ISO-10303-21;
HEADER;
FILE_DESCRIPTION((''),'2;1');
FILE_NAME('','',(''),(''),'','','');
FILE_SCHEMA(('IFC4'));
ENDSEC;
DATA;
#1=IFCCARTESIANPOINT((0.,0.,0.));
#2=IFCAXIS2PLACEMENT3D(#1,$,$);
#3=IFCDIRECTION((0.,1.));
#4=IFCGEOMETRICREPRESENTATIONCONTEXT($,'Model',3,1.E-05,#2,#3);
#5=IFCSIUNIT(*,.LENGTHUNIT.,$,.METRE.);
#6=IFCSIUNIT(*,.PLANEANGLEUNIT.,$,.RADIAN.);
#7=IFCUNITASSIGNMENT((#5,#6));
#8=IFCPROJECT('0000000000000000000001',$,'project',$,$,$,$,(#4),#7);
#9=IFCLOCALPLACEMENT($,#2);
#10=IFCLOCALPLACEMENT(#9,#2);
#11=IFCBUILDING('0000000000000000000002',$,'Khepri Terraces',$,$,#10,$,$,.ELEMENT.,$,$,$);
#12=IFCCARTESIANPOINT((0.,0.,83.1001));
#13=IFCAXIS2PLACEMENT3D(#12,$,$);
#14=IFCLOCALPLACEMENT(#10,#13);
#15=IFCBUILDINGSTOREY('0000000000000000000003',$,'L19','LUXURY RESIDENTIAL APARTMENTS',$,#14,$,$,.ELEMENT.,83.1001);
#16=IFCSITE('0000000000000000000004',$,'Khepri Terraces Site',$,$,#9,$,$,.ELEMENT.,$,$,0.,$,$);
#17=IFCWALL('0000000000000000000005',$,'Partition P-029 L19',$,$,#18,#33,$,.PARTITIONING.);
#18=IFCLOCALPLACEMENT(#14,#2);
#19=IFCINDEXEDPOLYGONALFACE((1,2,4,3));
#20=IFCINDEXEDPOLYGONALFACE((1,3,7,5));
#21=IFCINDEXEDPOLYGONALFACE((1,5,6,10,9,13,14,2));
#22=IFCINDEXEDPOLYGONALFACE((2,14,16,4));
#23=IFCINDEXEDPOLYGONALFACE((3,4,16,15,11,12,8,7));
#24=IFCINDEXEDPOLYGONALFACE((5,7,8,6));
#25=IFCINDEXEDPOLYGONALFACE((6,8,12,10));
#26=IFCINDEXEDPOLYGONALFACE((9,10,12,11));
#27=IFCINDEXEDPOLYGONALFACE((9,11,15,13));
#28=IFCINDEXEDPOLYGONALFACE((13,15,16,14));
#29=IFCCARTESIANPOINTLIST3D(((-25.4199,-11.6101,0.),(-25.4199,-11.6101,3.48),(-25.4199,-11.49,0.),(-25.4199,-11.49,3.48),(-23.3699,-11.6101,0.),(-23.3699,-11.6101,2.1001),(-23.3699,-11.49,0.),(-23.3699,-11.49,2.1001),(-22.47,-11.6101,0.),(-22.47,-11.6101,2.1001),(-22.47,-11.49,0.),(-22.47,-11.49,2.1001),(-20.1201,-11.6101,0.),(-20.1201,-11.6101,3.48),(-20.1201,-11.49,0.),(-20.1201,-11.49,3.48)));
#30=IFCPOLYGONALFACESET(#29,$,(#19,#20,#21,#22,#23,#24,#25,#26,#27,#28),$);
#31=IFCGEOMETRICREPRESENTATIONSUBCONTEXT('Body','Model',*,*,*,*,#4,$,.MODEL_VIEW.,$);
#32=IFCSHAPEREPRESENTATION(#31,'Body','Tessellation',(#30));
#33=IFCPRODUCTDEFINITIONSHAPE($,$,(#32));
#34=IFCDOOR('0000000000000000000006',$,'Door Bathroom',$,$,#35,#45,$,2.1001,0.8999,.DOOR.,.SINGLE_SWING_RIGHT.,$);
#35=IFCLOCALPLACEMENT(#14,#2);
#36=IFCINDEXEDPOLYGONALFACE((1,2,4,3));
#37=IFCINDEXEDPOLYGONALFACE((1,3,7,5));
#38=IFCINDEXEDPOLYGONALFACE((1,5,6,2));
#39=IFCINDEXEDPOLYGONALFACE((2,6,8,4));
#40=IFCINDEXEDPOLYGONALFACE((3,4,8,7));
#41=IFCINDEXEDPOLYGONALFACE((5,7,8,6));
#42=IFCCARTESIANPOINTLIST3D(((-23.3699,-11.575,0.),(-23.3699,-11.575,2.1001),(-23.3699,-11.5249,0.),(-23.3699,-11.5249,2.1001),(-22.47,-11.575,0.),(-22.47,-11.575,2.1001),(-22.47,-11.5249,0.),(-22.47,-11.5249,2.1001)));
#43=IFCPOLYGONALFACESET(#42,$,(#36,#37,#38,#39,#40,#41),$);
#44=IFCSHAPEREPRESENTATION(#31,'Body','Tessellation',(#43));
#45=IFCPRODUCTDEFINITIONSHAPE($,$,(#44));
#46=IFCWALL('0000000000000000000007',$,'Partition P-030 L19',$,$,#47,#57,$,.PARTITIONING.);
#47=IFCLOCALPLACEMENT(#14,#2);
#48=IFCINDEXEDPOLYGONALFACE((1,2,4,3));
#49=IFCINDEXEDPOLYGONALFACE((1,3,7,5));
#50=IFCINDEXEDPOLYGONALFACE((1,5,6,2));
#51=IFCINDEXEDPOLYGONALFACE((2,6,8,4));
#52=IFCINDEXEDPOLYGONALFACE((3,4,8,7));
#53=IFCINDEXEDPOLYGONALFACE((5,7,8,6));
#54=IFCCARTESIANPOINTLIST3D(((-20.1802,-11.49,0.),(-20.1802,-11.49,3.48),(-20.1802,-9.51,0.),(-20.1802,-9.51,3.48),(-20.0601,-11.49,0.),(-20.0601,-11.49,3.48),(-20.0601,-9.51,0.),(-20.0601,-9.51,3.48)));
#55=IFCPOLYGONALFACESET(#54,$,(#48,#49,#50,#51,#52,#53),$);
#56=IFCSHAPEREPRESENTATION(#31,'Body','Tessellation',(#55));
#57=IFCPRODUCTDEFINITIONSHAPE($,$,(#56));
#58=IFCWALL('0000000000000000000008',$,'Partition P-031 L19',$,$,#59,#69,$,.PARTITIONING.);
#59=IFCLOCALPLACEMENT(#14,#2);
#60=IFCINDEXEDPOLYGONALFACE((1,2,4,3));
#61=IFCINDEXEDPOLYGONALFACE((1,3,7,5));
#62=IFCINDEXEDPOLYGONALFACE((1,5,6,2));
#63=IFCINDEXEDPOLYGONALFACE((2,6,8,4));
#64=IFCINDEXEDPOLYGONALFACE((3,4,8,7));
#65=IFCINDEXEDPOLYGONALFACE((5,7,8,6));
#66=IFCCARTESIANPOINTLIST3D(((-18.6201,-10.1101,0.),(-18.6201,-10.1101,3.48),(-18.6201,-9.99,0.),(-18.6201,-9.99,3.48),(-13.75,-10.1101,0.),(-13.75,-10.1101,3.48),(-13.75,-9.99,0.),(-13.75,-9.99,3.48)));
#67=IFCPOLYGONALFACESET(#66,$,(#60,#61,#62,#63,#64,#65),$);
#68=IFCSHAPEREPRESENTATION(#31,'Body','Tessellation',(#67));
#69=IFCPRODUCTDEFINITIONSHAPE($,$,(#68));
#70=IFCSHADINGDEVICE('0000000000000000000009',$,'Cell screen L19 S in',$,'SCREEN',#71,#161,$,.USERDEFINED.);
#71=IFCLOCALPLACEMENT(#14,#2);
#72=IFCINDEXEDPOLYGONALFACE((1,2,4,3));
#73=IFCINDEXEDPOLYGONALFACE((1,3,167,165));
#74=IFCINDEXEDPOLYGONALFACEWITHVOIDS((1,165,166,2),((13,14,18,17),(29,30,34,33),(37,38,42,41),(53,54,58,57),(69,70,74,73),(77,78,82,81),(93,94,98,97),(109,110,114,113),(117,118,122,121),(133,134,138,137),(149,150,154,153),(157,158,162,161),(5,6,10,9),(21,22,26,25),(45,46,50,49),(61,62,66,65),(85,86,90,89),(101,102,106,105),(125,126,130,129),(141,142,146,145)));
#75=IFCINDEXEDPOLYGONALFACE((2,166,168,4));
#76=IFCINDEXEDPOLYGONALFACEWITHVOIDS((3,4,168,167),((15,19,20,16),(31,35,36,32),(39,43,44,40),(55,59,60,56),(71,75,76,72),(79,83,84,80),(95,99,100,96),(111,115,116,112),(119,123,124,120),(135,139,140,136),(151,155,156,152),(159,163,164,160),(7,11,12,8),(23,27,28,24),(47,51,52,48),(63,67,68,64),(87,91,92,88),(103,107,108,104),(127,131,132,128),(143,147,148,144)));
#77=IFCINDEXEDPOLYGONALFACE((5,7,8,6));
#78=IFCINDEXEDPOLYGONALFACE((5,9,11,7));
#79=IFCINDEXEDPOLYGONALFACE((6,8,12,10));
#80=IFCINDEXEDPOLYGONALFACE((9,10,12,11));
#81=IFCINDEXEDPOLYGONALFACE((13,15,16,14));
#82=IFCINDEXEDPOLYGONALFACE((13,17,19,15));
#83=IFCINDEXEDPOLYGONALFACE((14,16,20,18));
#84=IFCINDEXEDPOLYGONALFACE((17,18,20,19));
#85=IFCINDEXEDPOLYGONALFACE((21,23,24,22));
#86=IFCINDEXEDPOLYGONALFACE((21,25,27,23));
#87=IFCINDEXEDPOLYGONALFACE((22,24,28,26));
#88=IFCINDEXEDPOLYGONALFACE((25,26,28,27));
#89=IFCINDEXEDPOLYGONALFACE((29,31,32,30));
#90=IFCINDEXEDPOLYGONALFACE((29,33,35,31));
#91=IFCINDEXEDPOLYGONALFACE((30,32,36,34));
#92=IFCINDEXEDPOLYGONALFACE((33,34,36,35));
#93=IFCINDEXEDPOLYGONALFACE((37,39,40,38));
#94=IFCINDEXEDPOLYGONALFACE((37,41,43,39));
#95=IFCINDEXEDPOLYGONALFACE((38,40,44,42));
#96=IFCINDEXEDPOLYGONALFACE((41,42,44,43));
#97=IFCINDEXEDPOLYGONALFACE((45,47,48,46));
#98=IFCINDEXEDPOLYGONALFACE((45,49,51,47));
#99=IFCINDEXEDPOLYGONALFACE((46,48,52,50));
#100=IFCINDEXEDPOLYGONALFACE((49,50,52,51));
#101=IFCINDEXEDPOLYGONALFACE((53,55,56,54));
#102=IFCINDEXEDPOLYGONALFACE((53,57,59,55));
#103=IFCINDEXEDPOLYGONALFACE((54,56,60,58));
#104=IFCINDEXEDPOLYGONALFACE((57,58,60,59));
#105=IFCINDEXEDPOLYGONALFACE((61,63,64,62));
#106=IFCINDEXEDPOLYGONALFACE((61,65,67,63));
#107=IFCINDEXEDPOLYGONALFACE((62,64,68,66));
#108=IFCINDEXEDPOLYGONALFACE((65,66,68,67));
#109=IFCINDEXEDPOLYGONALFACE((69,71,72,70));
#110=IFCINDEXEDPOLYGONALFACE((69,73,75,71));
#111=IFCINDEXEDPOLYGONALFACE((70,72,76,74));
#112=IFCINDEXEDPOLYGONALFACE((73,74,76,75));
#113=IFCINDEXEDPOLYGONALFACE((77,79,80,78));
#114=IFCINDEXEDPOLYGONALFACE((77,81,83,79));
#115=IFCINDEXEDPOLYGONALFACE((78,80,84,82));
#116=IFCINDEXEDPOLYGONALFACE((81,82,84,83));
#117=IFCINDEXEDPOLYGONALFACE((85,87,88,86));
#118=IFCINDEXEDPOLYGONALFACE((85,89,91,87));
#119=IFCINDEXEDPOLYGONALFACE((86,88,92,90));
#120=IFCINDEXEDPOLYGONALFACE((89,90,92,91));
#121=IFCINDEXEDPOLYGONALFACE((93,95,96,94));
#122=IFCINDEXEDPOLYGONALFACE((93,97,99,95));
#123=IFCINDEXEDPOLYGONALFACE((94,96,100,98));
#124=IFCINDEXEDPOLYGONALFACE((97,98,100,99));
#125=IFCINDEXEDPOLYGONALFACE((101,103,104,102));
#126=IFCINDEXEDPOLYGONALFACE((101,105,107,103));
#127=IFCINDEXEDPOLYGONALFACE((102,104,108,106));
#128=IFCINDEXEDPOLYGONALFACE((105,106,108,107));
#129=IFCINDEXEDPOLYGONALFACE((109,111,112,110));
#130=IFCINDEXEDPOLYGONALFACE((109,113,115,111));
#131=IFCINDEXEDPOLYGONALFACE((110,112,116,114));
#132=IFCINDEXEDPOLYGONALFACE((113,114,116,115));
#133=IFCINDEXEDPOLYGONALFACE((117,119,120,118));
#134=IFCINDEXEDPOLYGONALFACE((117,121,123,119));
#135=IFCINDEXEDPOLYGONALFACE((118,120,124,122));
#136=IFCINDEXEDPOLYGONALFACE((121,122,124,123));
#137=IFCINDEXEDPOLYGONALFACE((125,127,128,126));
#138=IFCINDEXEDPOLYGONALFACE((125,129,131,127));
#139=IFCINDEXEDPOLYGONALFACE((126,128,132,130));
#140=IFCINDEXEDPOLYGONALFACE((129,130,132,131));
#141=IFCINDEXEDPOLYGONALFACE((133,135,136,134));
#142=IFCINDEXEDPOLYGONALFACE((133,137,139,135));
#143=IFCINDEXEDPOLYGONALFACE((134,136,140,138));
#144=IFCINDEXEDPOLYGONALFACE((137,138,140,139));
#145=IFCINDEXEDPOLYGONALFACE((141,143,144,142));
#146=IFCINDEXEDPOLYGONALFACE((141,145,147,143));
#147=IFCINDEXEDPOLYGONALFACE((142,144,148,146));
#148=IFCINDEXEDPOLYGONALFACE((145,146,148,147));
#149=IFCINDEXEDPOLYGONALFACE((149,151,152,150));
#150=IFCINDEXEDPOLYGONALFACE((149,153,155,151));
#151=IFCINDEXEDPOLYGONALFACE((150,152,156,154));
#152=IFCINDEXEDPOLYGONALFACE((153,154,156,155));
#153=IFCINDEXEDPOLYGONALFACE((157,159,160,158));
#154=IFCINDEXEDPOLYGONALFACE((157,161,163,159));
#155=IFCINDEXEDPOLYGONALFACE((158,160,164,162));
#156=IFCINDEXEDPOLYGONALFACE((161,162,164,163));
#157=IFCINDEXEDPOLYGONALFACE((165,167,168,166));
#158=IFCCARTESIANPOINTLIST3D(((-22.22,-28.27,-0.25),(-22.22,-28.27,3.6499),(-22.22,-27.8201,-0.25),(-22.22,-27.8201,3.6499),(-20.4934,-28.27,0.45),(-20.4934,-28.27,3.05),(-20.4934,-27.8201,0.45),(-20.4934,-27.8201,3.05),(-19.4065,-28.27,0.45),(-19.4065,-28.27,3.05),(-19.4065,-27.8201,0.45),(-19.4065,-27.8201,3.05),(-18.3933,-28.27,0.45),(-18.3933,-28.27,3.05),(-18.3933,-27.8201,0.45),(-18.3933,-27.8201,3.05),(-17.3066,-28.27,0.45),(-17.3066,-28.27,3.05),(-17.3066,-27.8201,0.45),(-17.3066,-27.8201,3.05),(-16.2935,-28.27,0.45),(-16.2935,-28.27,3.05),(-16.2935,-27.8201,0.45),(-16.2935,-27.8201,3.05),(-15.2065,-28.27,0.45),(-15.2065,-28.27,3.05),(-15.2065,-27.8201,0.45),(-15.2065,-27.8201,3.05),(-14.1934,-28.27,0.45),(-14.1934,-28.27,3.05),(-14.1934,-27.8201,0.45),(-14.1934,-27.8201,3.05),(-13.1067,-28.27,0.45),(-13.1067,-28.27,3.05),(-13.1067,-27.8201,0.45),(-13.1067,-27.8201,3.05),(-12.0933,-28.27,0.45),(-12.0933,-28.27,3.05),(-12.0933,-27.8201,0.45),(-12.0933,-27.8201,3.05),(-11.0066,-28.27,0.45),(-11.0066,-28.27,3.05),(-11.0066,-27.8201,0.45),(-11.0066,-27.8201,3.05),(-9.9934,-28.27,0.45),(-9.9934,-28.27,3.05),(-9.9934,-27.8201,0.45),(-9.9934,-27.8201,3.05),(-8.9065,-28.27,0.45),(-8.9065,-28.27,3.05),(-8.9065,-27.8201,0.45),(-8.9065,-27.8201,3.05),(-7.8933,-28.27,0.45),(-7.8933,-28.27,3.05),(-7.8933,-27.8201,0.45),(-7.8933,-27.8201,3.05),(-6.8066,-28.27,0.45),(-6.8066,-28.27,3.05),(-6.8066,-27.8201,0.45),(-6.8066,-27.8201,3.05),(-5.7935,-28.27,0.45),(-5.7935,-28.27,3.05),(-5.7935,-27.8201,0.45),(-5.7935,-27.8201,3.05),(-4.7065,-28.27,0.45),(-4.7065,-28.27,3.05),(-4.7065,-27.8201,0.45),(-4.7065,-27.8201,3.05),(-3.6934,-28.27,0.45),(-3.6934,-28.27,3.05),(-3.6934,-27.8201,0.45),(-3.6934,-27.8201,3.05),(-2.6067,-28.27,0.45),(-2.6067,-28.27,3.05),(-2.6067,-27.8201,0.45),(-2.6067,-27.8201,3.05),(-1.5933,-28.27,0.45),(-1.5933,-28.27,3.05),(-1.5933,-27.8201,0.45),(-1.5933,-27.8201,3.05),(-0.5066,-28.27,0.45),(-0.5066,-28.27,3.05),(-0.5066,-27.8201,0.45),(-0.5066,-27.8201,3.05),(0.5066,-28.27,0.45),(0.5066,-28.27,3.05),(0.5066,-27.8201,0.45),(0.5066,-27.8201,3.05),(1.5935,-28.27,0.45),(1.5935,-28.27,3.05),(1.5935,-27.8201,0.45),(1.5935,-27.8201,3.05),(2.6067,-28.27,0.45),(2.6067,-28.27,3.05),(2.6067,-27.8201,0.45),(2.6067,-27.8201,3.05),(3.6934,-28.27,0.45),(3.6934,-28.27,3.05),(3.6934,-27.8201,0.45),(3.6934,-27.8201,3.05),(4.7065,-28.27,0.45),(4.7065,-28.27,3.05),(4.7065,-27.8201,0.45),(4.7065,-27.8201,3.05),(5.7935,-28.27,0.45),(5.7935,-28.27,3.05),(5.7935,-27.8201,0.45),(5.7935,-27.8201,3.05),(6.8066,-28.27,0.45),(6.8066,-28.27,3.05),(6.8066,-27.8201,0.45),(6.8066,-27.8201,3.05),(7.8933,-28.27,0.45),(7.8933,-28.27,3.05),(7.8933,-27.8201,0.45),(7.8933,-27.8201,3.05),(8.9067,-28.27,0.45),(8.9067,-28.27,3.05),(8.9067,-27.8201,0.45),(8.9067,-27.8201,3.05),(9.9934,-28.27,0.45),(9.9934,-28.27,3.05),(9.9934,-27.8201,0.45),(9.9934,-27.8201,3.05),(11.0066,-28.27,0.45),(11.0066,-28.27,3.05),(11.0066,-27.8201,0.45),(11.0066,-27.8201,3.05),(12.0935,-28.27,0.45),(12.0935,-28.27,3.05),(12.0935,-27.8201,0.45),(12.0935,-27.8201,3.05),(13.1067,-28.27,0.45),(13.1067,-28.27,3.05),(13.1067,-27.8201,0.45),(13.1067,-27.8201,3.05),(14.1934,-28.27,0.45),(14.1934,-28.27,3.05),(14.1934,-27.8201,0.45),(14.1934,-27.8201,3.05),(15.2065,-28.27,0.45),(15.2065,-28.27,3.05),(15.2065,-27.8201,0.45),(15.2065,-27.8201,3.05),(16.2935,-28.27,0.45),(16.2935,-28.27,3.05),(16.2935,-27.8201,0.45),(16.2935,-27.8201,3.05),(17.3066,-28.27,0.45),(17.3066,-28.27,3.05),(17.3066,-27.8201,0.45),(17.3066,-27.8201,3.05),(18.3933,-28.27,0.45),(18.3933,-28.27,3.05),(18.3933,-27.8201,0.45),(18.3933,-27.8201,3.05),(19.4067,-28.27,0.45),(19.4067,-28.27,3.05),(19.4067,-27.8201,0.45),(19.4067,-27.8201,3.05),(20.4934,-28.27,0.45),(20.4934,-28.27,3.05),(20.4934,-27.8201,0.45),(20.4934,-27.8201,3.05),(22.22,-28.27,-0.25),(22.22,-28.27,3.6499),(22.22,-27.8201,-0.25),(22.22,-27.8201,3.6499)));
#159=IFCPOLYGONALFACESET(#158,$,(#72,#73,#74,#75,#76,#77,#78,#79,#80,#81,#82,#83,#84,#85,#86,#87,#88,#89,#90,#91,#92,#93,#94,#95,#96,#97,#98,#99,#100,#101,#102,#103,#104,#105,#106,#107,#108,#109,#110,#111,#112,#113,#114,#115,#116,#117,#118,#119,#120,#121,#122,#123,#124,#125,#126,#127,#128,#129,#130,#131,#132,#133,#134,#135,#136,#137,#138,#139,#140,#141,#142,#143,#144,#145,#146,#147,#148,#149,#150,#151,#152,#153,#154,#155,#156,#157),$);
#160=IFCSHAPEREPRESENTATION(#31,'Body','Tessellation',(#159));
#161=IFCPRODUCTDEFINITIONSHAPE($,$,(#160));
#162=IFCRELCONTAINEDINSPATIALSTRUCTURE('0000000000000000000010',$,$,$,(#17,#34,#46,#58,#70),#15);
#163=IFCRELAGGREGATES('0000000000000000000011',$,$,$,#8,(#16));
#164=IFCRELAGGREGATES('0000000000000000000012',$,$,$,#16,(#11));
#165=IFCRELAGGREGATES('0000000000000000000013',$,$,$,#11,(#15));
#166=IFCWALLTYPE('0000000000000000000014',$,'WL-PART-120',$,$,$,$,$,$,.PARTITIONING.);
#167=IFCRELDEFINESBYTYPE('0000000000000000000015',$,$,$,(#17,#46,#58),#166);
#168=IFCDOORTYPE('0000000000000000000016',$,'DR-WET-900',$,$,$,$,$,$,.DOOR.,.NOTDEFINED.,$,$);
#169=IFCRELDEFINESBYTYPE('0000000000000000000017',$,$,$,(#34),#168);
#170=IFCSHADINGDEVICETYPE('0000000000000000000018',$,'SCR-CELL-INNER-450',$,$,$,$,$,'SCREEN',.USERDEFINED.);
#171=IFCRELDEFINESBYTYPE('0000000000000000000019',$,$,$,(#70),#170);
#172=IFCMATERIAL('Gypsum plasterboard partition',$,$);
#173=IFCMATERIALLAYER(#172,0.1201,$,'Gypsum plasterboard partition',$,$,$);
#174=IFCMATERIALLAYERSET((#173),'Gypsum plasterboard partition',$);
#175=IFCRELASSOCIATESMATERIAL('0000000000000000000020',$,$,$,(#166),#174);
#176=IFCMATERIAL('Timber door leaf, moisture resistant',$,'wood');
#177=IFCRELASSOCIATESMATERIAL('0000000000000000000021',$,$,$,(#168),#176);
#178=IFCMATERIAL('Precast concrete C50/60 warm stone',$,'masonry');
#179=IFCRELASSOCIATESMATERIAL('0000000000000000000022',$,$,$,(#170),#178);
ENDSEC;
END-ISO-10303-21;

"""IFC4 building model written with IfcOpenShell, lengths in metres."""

from ifc_helpers import new_model, si_unit, direction, frame, frame_2d, origin, place, context, subcontext, project, spatial, polyline, rectangle, outline, extrude, material, layer, layer_set, type_object, element, fill, save


model = new_model("IFC4")

# Units and contexts
model_context = context("Model", 3, precision=1e-05, world=origin(), true_north=direction((0.0, 1.0)))
body_context = subcontext(model_context, "Body", "Model", "MODEL_VIEW")
ifc_project = project(units=[si_unit("LENGTHUNIT", "METRE"), si_unit("PLANEANGLEUNIT", "RADIAN")], contexts=[model_context])

# Site, building, storey
site_placement = place(None, origin())
site = spatial("IfcSite", under=ifc_project, at=site_placement, Name="Khepri Terraces Site", CompositionType="ELEMENT", RefElevation=0.0)
building_placement = place(site_placement, origin())
building = spatial("IfcBuilding", under=site, at=building_placement, Name="Khepri Terraces", CompositionType="ELEMENT")
storey_placement = place(building_placement, frame((0.0, 0.0, 83.1001)))
storey = spatial("IfcBuildingStorey", under=building, at=storey_placement, Name="L19", Description="LUXURY RESIDENTIAL APARTMENTS", CompositionType="ELEMENT", Elevation=83.1001)

# Shared definitions
ifc_material_1 = material(Name="Precast concrete C50/60 warm stone", Category="masonry")

# Shared definitions
ifc_material_2 = material(Name="Gypsum plasterboard partition")
ifc_layer_1 = layer(ifc_material_2, 0.1201, Name="Gypsum plasterboard partition")
ifc_layer_set_1 = layer_set([ifc_layer_1], Name="Gypsum plasterboard partition")
wall_type_1 = type_object("IfcWallType", Name="WL-PART-120", PredefinedType="PARTITIONING", material=ifc_layer_set_1)

# Wall, opening, door
wall_1_placement = place(storey_placement, frame((-25.4199, -11.55, 0.0), z_axis=(0.0, 0.0, 1.0), x_axis=(1.0, 0.0, 0.0)))
wall_1 = element("IfcWall", 1, at=wall_1_placement, inside=storey, type_object=wall_type_1, Name="Partition P-029 L19", PredefinedType="PARTITIONING", context=body_context, shape_type="SweptSolid", body=[
    extrude(rectangle(XDim=5.2998, YDim=0.1201, at=frame_2d((2.6499, 0.0))), origin(), (0.0, 0.0, 1.0), 3.48),
])
opening_1_placement = place(wall_1_placement, frame((2.05, 0.0, 0.0)))
opening_1 = element("IfcOpeningElement", 2, at=opening_1_placement, cuts=wall_1, PredefinedType="OPENING", context=body_context, shape_type="SweptSolid", body=[
    extrude(rectangle(XDim=0.8999, YDim=2.1001, at=frame_2d((0.45, 1.05))), frame((0.0, 0.0701, 0.0), z_axis=(0.0, -1.0, 0.0), x_axis=(1.0, 0.0, 0.0)), (0.0, 0.0, 1.0), 0.1401),
])
ifc_material_3 = material(Name="Timber door leaf, moisture resistant", Category="wood")
door_type_1 = type_object("IfcDoorType", Name="DR-WET-900", OperationType="NOTDEFINED", PredefinedType="DOOR", material=ifc_material_3)
door_1_placement = place(opening_1_placement, frame((0.8999, 0.0, 0.0), z_axis=(0.0, 0.0, 1.0), x_axis=(-1.0, 0.0, 0.0)))
door_1 = element("IfcDoor", 3, at=door_1_placement, inside=storey, type_object=door_type_1, Name="Door Bathroom", OperationType="SINGLE_SWING_RIGHT", OverallHeight=2.1001, OverallWidth=0.8999, PredefinedType="DOOR", context=body_context, shape_type="SweptSolid", body=[
    extrude(rectangle(XDim=0.8999, YDim=2.1001, at=frame_2d((0.45, 1.05))), frame((0.0, 0.0249, 0.0), z_axis=(0.0, -1.0, 0.0), x_axis=(1.0, 0.0, 0.0)), (0.0, 0.0, 1.0), 0.05),
])
fill(opening_1, door_1)

# Walls
wall_2_placement = place(storey_placement, frame((-20.1201, -11.49, 0.0), z_axis=(0.0, 0.0, 1.0), x_axis=(0.0, 1.0, 0.0)))
element("IfcWall", 4, at=wall_2_placement, inside=storey, type_object=wall_type_1, Name="Partition P-030 L19", PredefinedType="PARTITIONING", context=body_context, shape_type="SweptSolid", body=[
    extrude(rectangle(XDim=1.98, YDim=0.1201, at=frame_2d((0.99, 0.0))), origin(), (0.0, 0.0, 1.0), 3.48),
])
wall_3_placement = place(storey_placement, frame((-18.6201, -10.05, 0.0), z_axis=(0.0, 0.0, 1.0), x_axis=(1.0, 0.0, 0.0)))
element("IfcWall", 5, at=wall_3_placement, inside=storey, type_object=wall_type_1, Name="Partition P-031 L19", PredefinedType="PARTITIONING", context=body_context, shape_type="SweptSolid", body=[
    extrude(rectangle(XDim=4.8701, YDim=0.1201, at=frame_2d((2.4351, 0.0))), origin(), (0.0, 0.0, 1.0), 3.48),
])

# Shading device
shading_device_type_1 = type_object("IfcShadingDeviceType", Name="SCR-CELL-INNER-450", ElementType="SCREEN", PredefinedType="USERDEFINED", material=ifc_material_1)
shading_device_1_placement = place(storey_placement, frame((-22.22, -27.8201, -0.25), z_axis=(0.0, -1.0, 0.0), x_axis=(1.0, 0.0, 0.0)))
element("IfcShadingDevice", 6, at=shading_device_1_placement, inside=storey, type_object=shading_device_type_1, Name="Cell screen L19 S in", ObjectType="SCREEN", PredefinedType="USERDEFINED", context=body_context, shape_type="SweptSolid", body=[
    extrude(outline(polyline([(0.0, 0.0), (44.4399, 0.0), (44.4399, 3.8999), (0.0, 3.8999), (0.0, 0.0)]), holes=[polyline([(1.7266, 0.7), (2.8135, 0.7), (2.8135, 3.3), (1.7266, 3.3), (1.7266, 0.7)]), polyline([(3.8267, 0.7), (4.9133, 0.7), (4.9133, 3.3), (3.8267, 3.3), (3.8267, 0.7)]), polyline([(5.9265, 0.7), (7.0134, 0.7), (7.0134, 3.3), (5.9265, 3.3), (5.9265, 0.7)]), polyline([(8.0266, 0.7), (9.1133, 0.7), (9.1133, 3.3), (8.0266, 3.3), (8.0266, 0.7)]), polyline([(10.1267, 0.7), (11.2134, 0.7), (11.2134, 3.3), (10.1267, 3.3), (10.1267, 0.7)]), polyline([(12.2266, 0.7), (13.3135, 0.7), (13.3135, 3.3), (12.2266, 3.3), (12.2266, 0.7)]), polyline([(14.3267, 0.7), (15.4133, 0.7), (15.4133, 3.3), (14.3267, 3.3), (14.3267, 0.7)]), polyline([(16.4265, 0.7), (17.5134, 0.7), (17.5134, 3.3), (16.4265, 3.3), (16.4265, 0.7)]), polyline([(18.5266, 0.7), (19.6133, 0.7), (19.6133, 3.3), (18.5266, 3.3), (18.5266, 0.7)]), polyline([(20.6267, 0.7), (21.7134, 0.7), (21.7134, 3.3), (20.6267, 3.3), (20.6267, 0.7)]), polyline([(22.7266, 0.7), (23.8135, 0.7), (23.8135, 3.3), (22.7266, 3.3), (22.7266, 0.7)]), polyline([(24.8267, 0.7), (25.9133, 0.7), (25.9133, 3.3), (24.8267, 3.3), (24.8267, 0.7)]), polyline([(26.9265, 0.7), (28.0134, 0.7), (28.0134, 3.3), (26.9265, 3.3), (26.9265, 0.7)]), polyline([(29.0266, 0.7), (30.1133, 0.7), (30.1133, 3.3), (29.0266, 3.3), (29.0266, 0.7)]), polyline([(31.1267, 0.7), (32.2134, 0.7), (32.2134, 3.3), (31.1267, 3.3), (31.1267, 0.7)]), polyline([(33.2266, 0.7), (34.3135, 0.7), (34.3135, 3.3), (33.2266, 3.3), (33.2266, 0.7)]), polyline([(35.3267, 0.7), (36.4133, 0.7), (36.4133, 3.3), (35.3267, 3.3), (35.3267, 0.7)]), polyline([(37.4265, 0.7), (38.5134, 0.7), (38.5134, 3.3), (37.4265, 3.3), (37.4265, 0.7)]), polyline([(39.5266, 0.7), (40.6133, 0.7), (40.6133, 3.3), (39.5266, 3.3), (39.5266, 0.7)]), polyline([(41.6267, 0.7), (42.7134, 0.7), (42.7134, 3.3), (41.6267, 3.3), (41.6267, 0.7)])]), origin(), (0.0, 0.0, 1.0), 0.45),
])

save(model, "model.ifc")
